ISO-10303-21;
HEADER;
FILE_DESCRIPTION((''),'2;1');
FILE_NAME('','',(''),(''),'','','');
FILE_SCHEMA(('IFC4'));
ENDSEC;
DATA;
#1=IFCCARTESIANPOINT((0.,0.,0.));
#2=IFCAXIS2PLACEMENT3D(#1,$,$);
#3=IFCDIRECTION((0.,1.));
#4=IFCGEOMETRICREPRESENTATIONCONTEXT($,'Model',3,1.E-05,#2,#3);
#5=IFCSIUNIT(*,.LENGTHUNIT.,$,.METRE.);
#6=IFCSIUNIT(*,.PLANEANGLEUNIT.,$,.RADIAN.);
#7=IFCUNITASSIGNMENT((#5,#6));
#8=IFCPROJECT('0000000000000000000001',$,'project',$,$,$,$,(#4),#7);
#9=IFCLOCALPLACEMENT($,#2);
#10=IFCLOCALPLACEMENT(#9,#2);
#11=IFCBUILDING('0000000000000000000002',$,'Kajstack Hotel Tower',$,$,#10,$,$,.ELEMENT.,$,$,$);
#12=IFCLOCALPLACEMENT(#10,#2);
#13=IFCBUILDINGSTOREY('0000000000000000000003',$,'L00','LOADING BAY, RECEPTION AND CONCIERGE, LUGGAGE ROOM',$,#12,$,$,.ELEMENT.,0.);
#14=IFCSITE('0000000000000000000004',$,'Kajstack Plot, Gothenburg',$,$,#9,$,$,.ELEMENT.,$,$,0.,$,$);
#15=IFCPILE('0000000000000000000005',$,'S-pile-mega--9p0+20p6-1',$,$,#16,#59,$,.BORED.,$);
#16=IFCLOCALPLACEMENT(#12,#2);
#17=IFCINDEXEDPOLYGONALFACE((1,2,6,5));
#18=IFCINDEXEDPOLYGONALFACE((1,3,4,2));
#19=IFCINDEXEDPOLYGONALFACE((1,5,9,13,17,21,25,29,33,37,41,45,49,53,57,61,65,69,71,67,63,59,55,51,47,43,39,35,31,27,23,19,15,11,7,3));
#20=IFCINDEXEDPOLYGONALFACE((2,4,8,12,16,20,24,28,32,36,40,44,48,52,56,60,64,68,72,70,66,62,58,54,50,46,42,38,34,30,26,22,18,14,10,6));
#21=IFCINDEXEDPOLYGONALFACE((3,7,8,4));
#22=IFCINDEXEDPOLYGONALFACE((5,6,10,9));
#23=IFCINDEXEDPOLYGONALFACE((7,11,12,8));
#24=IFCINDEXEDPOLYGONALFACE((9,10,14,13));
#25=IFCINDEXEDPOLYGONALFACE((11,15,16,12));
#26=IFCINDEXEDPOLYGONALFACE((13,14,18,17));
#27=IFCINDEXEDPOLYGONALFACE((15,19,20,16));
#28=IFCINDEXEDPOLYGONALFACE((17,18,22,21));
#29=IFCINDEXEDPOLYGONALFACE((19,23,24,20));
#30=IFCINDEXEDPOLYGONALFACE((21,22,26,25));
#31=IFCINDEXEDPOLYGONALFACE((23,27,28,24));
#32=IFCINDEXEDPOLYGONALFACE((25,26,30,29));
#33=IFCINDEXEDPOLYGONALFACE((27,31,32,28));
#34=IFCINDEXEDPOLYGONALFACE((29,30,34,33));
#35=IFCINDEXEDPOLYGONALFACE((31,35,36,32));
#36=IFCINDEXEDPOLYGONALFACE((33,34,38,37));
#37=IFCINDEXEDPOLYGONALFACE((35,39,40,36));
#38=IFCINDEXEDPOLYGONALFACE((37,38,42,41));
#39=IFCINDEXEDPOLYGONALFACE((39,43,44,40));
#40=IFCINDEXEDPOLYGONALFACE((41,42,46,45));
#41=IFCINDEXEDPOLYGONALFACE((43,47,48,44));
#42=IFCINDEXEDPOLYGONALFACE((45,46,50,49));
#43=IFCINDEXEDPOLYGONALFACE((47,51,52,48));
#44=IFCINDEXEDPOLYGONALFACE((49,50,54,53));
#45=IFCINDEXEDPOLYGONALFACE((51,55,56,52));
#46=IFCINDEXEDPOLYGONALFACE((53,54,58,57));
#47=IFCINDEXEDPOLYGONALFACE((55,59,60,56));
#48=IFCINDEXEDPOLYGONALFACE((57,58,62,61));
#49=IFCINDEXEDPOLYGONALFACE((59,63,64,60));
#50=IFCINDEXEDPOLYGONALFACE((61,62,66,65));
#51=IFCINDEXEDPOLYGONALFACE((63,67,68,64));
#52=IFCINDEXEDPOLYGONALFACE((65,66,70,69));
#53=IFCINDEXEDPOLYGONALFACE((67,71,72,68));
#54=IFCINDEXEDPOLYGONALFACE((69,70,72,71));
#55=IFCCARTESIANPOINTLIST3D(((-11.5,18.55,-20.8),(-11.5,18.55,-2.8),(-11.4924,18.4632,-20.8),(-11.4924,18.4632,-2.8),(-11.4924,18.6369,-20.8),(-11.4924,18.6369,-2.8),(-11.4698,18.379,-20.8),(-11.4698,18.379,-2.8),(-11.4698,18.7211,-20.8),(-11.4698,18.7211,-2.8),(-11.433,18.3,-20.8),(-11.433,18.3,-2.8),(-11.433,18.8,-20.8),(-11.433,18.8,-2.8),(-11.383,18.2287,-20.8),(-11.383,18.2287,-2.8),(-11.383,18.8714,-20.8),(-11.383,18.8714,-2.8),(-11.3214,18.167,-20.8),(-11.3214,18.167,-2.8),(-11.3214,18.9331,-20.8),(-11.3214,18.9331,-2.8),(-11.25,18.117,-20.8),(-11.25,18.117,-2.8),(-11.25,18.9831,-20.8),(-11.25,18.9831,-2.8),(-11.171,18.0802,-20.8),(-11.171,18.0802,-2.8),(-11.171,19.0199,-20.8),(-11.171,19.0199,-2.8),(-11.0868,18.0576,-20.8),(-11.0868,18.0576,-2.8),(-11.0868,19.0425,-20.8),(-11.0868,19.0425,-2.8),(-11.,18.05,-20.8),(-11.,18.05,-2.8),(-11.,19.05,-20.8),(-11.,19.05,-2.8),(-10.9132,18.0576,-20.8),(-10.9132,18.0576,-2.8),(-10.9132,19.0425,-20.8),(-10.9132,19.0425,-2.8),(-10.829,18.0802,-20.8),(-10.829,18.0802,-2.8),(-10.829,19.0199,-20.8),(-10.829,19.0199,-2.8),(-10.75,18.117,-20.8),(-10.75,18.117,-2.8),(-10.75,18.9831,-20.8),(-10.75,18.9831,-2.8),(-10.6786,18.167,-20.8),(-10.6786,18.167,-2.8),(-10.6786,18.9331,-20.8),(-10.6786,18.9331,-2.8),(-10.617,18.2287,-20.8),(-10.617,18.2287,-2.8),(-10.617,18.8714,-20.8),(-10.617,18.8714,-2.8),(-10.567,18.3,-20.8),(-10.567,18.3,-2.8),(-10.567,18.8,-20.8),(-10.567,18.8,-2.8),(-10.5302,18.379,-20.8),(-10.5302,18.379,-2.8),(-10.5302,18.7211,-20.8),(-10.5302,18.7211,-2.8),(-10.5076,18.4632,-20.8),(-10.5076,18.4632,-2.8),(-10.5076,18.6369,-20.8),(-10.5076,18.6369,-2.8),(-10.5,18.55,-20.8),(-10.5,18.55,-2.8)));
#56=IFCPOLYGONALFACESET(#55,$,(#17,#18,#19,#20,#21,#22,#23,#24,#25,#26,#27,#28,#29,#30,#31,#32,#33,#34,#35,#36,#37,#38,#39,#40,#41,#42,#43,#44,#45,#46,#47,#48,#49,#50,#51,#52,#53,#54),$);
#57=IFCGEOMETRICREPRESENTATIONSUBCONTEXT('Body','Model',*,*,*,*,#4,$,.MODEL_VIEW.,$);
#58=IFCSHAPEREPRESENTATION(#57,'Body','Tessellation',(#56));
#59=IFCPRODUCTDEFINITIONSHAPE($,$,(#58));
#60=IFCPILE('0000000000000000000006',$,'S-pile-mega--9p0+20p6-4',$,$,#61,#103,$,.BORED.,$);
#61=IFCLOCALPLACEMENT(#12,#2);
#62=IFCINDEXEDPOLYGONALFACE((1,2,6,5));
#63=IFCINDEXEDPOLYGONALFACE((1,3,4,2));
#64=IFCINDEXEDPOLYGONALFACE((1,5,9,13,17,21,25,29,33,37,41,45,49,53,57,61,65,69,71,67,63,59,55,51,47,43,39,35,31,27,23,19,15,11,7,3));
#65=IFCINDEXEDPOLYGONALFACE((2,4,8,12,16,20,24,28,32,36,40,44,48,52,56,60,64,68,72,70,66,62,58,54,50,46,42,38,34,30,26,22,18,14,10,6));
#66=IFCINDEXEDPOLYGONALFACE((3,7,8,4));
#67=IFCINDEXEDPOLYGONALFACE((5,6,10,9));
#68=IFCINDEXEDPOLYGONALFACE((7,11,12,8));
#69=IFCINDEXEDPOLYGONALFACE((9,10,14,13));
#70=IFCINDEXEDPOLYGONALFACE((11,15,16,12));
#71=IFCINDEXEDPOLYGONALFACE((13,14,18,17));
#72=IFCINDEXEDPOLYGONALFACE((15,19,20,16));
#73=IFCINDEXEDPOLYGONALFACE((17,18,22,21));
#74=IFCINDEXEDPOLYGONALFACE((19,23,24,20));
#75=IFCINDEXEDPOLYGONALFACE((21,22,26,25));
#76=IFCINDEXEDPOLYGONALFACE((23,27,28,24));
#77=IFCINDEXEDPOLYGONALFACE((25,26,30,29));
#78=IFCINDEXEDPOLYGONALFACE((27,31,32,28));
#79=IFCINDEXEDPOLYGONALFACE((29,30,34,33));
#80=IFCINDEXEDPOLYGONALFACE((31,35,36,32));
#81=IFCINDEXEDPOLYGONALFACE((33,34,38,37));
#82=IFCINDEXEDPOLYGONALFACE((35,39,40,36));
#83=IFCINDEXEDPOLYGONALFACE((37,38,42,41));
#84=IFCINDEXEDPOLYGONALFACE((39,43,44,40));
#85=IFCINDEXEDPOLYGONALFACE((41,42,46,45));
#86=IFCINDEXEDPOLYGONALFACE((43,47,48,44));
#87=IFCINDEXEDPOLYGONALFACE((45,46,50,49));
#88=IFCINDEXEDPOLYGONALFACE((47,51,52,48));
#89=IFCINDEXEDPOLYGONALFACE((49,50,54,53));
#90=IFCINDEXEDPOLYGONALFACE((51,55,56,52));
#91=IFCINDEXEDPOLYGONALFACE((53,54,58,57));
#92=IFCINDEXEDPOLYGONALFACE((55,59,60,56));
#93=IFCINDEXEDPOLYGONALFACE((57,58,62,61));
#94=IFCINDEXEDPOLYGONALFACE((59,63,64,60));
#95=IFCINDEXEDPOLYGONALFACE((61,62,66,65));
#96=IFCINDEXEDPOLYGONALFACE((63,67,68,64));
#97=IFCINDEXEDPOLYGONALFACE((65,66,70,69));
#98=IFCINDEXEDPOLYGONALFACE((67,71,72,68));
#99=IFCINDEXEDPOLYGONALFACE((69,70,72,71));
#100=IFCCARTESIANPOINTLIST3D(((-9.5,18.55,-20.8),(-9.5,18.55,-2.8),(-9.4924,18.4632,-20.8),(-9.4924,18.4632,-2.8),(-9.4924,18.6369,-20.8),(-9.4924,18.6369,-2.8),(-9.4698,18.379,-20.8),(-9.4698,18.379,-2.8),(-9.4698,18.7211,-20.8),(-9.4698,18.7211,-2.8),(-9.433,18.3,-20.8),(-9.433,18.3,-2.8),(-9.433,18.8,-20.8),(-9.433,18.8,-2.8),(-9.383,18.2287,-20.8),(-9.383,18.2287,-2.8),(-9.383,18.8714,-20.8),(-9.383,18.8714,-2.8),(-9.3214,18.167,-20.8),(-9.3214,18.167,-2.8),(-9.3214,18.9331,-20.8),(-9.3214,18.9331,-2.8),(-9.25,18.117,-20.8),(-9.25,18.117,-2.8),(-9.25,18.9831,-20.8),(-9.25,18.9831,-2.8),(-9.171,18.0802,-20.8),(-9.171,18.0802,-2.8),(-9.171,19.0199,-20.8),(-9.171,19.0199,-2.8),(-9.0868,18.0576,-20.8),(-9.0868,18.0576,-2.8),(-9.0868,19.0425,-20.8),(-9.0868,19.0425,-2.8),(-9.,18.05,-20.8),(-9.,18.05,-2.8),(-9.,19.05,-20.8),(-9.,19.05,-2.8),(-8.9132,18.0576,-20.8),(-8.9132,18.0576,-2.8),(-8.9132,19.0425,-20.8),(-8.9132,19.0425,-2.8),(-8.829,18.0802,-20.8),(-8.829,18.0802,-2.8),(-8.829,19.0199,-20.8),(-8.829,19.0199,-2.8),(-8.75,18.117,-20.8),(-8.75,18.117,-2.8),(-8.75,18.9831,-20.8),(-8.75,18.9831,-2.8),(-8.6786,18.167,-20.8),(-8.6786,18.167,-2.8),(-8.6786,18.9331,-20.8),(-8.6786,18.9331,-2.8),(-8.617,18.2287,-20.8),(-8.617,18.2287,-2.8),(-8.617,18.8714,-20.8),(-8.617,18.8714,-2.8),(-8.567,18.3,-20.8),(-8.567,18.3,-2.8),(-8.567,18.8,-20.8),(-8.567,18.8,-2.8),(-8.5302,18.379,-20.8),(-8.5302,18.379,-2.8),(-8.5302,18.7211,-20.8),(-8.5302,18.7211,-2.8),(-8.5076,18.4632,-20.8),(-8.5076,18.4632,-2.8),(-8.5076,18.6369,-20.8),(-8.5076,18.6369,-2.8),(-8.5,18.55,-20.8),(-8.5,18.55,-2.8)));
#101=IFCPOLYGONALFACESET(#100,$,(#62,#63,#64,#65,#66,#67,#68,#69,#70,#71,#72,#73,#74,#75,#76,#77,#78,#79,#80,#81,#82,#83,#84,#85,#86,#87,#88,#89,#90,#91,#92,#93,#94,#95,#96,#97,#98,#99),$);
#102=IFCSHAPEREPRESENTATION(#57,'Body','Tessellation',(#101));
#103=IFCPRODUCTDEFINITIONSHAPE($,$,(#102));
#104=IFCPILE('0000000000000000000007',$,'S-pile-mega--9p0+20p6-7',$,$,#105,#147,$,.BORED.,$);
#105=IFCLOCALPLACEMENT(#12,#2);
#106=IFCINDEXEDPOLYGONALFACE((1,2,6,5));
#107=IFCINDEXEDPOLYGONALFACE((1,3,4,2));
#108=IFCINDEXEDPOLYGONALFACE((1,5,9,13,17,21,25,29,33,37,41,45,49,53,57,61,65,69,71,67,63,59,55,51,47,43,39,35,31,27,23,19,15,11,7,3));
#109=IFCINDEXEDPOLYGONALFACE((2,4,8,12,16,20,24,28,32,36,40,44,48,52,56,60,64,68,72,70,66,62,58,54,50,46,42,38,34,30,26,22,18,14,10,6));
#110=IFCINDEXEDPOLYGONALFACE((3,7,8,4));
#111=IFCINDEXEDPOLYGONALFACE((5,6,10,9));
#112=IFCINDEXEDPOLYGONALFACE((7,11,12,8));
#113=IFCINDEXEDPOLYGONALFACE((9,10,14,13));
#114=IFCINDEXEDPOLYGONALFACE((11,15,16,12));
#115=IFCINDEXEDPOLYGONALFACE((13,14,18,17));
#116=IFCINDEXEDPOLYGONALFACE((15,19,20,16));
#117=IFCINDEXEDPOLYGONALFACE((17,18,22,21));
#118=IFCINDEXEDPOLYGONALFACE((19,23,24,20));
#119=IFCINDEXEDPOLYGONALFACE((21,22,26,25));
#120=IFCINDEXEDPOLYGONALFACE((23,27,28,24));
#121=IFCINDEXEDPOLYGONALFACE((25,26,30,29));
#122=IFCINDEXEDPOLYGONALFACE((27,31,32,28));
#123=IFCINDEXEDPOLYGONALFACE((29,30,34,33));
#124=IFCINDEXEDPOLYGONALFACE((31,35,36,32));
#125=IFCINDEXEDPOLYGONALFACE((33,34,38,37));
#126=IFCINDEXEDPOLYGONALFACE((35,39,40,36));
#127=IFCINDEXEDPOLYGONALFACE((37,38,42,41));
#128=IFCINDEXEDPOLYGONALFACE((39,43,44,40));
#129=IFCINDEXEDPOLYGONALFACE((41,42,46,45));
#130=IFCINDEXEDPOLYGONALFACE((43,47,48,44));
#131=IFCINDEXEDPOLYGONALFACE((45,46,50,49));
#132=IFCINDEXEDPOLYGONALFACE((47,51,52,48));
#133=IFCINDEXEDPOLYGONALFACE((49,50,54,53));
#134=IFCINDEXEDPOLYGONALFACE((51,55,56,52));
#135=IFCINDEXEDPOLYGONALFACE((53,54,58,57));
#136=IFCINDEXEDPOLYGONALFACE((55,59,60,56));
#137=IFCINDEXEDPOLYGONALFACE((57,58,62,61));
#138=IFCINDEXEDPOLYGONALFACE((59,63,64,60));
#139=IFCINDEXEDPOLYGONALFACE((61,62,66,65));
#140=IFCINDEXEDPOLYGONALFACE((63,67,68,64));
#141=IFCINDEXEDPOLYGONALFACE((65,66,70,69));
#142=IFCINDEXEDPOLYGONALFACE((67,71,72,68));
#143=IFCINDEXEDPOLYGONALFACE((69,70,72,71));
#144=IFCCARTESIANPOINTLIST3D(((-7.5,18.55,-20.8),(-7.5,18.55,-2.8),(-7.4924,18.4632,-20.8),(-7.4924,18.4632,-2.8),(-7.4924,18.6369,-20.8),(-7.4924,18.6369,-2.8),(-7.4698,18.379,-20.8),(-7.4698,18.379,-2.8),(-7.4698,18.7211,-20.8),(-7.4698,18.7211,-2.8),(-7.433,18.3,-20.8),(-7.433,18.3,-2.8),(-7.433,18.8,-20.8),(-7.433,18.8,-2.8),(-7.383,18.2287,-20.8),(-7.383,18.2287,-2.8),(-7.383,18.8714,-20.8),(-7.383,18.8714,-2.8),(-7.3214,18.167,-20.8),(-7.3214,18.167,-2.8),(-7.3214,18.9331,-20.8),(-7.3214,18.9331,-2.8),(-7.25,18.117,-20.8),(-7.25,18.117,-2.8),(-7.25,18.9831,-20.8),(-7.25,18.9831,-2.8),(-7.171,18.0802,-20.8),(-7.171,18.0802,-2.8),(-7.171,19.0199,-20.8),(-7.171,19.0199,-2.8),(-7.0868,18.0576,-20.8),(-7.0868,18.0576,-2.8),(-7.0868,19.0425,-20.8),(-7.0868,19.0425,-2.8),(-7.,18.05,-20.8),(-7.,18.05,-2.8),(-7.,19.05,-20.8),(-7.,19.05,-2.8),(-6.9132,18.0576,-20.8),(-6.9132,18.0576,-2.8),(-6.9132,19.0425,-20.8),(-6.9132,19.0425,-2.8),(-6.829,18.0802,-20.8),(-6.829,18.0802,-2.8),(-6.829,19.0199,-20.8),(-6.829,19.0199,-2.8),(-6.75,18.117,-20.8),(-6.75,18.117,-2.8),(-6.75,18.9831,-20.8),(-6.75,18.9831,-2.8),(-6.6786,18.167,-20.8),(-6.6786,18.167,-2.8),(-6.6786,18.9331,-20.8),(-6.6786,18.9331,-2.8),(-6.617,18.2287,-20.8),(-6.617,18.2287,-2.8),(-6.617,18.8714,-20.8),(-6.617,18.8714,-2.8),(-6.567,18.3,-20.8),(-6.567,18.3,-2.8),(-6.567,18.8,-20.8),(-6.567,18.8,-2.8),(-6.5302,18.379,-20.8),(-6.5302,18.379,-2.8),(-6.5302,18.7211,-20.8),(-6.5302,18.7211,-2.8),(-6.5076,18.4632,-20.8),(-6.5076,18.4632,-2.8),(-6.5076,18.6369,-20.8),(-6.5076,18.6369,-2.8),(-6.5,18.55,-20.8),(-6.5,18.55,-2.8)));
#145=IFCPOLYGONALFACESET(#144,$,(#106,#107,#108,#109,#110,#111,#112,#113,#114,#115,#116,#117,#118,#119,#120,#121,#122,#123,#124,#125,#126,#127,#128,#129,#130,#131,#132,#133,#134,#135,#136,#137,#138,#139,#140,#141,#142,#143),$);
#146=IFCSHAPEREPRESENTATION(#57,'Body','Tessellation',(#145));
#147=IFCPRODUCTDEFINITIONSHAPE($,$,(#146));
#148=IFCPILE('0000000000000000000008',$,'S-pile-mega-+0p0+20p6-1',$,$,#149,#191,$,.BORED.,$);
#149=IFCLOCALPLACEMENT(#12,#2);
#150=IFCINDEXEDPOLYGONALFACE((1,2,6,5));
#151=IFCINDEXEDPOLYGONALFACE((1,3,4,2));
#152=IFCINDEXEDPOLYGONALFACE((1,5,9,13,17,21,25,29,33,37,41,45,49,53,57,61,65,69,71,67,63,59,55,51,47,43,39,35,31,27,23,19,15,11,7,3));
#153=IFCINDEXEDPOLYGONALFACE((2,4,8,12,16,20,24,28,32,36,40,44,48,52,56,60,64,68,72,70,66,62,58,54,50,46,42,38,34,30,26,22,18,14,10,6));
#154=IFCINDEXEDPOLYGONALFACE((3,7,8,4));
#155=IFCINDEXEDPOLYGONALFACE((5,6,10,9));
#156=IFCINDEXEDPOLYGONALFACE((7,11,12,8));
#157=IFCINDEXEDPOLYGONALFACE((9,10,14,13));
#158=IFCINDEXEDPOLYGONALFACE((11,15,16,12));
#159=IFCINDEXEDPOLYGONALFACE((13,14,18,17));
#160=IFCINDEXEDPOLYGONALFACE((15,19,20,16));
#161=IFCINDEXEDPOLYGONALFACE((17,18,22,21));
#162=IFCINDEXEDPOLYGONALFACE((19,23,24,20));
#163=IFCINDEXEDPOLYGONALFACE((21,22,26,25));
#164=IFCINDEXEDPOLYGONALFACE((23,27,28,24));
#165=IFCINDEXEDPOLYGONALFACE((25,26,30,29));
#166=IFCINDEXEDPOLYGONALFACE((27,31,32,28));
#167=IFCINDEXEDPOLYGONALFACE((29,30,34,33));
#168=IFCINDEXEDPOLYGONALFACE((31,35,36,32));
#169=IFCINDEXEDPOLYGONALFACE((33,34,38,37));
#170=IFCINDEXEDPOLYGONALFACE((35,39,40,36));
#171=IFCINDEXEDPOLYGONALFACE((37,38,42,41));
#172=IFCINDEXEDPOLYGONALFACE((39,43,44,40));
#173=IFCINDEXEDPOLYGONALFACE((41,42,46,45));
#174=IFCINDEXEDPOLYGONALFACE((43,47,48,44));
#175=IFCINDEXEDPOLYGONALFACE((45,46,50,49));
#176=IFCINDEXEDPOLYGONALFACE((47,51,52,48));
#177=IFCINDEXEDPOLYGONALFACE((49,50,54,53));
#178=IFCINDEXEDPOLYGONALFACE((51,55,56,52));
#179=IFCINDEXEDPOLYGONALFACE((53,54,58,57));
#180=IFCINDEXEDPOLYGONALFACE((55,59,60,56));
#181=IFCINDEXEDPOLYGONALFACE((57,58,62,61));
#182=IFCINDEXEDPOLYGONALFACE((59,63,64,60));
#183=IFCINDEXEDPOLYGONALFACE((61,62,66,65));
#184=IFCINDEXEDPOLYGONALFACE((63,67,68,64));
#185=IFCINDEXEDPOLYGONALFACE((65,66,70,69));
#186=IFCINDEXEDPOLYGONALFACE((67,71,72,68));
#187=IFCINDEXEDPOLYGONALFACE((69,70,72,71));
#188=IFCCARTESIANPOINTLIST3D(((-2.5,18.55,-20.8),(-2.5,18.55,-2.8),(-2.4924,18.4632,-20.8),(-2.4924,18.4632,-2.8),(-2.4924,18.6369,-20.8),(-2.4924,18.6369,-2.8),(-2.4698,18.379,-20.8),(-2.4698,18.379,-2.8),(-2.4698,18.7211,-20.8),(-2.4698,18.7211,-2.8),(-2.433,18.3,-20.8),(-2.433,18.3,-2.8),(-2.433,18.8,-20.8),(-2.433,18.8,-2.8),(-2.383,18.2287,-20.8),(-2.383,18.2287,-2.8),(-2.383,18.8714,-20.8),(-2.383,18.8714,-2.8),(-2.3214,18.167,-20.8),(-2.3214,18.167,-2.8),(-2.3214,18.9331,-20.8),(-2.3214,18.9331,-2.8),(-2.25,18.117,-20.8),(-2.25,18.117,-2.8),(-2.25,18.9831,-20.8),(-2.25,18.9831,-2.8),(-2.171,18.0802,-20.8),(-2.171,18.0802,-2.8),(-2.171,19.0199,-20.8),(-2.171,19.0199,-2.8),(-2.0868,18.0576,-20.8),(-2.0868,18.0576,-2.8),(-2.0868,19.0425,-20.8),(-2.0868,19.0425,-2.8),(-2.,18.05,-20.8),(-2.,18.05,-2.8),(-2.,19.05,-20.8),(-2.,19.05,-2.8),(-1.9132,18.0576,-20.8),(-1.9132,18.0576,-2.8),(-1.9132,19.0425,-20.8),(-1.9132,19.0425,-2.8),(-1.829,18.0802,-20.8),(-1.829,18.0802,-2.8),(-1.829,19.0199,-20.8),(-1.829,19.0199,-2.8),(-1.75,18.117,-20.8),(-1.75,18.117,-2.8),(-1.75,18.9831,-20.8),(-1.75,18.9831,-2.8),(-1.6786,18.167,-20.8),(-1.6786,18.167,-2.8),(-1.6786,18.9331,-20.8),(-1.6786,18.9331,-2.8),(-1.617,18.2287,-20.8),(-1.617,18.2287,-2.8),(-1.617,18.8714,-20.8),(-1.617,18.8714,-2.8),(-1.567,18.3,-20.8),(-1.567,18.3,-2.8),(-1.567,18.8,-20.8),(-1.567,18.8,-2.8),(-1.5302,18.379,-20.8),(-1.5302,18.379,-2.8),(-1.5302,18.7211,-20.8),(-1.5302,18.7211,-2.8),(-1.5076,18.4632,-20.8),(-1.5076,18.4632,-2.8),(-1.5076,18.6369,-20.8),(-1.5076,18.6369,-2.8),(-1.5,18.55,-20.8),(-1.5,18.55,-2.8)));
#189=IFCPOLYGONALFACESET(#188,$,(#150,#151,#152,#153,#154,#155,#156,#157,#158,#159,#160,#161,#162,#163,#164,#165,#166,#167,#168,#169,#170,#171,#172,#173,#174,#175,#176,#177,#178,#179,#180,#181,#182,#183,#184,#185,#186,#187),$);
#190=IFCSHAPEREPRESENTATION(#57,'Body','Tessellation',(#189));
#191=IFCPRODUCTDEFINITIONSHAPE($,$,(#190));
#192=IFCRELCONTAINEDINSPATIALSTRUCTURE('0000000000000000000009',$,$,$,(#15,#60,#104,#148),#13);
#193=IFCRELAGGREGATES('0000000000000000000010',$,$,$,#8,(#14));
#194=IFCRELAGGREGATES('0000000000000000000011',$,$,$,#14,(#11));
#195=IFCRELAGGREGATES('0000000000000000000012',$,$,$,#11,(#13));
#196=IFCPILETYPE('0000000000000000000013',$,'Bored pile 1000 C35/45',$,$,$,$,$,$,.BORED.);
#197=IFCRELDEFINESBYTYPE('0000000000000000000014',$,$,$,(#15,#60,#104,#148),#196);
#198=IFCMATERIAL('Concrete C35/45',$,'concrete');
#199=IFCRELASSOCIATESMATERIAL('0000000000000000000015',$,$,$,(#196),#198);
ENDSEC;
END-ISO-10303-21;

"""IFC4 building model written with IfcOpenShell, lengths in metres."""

from ifc_helpers import new_model, si_unit, direction, frame, origin, origin_2d, place, context, subcontext, project, spatial, circle, extrude, material, material_profile, profile_set, type_object, element, save


model = new_model("IFC4")

# Units and contexts
model_context = context("Model", 3, precision=1e-05, world=origin(), true_north=direction((0.0, 1.0)))
body_context = subcontext(model_context, "Body", "Model", "MODEL_VIEW")
ifc_project = project(units=[si_unit("LENGTHUNIT", "METRE"), si_unit("PLANEANGLEUNIT", "RADIAN")], contexts=[model_context])

# Site, building, storey
site_placement = place(None, origin())
site = spatial("IfcSite", under=ifc_project, at=site_placement, Name="Kajstack Plot, Gothenburg", CompositionType="ELEMENT", RefElevation=0.0)
building_placement = place(site_placement, origin())
building = spatial("IfcBuilding", under=site, at=building_placement, Name="Kajstack Hotel Tower", CompositionType="ELEMENT")
storey_placement = place(building_placement, origin())
storey = spatial("IfcBuildingStorey", under=building, at=storey_placement, Name="L00", Description="LOADING BAY, RECEPTION AND CONCIERGE, LUGGAGE ROOM", CompositionType="ELEMENT", Elevation=0.0)

# Piles
ifc_material_1 = material(Name="Concrete C35/45", Category="concrete")
ifc_material_profile_1 = material_profile(ifc_material_1, circle(Radius=0.5, at=origin_2d()), Name="RC round 1000")
ifc_profile_set_1 = profile_set([ifc_material_profile_1], Name="Concrete C35/45")
pile_type_1 = type_object("IfcPileType", Name="Bored pile 1000 C35/45", PredefinedType="BORED", material=ifc_profile_set_1)
for number, where, z_axis, x_axis, name in (
    (1, (-11.0, 18.55, -2.8), (0.0, 0.0, -1.0), (1.0, 0.0, 0.0), "S-pile-mega--9p0+20p6-1"),
    (2, (-9.0, 18.55, -2.8), (0.0, 0.0, -1.0), (1.0, 0.0, 0.0), "S-pile-mega--9p0+20p6-4"),
    (3, (-7.0, 18.55, -2.8), (0.0, 0.0, -1.0), (1.0, 0.0, 0.0), "S-pile-mega--9p0+20p6-7"),
    (4, (-2.0, 18.55, -2.8), (0.0, 0.0, -1.0), (1.0, 0.0, 0.0), "S-pile-mega-+0p0+20p6-1"),
):
    element("IfcPile", number, at=place(storey_placement, frame(where, z_axis=z_axis, x_axis=x_axis)), inside=storey, type_object=pile_type_1, Name=name, PredefinedType="BORED", context=body_context, shape_type="SweptSolid", body=[
        extrude(circle(Radius=0.5, at=origin_2d()), origin(), (0.0, 0.0, 1.0), 18.0),
    ])

save(model, "model.ifc")
